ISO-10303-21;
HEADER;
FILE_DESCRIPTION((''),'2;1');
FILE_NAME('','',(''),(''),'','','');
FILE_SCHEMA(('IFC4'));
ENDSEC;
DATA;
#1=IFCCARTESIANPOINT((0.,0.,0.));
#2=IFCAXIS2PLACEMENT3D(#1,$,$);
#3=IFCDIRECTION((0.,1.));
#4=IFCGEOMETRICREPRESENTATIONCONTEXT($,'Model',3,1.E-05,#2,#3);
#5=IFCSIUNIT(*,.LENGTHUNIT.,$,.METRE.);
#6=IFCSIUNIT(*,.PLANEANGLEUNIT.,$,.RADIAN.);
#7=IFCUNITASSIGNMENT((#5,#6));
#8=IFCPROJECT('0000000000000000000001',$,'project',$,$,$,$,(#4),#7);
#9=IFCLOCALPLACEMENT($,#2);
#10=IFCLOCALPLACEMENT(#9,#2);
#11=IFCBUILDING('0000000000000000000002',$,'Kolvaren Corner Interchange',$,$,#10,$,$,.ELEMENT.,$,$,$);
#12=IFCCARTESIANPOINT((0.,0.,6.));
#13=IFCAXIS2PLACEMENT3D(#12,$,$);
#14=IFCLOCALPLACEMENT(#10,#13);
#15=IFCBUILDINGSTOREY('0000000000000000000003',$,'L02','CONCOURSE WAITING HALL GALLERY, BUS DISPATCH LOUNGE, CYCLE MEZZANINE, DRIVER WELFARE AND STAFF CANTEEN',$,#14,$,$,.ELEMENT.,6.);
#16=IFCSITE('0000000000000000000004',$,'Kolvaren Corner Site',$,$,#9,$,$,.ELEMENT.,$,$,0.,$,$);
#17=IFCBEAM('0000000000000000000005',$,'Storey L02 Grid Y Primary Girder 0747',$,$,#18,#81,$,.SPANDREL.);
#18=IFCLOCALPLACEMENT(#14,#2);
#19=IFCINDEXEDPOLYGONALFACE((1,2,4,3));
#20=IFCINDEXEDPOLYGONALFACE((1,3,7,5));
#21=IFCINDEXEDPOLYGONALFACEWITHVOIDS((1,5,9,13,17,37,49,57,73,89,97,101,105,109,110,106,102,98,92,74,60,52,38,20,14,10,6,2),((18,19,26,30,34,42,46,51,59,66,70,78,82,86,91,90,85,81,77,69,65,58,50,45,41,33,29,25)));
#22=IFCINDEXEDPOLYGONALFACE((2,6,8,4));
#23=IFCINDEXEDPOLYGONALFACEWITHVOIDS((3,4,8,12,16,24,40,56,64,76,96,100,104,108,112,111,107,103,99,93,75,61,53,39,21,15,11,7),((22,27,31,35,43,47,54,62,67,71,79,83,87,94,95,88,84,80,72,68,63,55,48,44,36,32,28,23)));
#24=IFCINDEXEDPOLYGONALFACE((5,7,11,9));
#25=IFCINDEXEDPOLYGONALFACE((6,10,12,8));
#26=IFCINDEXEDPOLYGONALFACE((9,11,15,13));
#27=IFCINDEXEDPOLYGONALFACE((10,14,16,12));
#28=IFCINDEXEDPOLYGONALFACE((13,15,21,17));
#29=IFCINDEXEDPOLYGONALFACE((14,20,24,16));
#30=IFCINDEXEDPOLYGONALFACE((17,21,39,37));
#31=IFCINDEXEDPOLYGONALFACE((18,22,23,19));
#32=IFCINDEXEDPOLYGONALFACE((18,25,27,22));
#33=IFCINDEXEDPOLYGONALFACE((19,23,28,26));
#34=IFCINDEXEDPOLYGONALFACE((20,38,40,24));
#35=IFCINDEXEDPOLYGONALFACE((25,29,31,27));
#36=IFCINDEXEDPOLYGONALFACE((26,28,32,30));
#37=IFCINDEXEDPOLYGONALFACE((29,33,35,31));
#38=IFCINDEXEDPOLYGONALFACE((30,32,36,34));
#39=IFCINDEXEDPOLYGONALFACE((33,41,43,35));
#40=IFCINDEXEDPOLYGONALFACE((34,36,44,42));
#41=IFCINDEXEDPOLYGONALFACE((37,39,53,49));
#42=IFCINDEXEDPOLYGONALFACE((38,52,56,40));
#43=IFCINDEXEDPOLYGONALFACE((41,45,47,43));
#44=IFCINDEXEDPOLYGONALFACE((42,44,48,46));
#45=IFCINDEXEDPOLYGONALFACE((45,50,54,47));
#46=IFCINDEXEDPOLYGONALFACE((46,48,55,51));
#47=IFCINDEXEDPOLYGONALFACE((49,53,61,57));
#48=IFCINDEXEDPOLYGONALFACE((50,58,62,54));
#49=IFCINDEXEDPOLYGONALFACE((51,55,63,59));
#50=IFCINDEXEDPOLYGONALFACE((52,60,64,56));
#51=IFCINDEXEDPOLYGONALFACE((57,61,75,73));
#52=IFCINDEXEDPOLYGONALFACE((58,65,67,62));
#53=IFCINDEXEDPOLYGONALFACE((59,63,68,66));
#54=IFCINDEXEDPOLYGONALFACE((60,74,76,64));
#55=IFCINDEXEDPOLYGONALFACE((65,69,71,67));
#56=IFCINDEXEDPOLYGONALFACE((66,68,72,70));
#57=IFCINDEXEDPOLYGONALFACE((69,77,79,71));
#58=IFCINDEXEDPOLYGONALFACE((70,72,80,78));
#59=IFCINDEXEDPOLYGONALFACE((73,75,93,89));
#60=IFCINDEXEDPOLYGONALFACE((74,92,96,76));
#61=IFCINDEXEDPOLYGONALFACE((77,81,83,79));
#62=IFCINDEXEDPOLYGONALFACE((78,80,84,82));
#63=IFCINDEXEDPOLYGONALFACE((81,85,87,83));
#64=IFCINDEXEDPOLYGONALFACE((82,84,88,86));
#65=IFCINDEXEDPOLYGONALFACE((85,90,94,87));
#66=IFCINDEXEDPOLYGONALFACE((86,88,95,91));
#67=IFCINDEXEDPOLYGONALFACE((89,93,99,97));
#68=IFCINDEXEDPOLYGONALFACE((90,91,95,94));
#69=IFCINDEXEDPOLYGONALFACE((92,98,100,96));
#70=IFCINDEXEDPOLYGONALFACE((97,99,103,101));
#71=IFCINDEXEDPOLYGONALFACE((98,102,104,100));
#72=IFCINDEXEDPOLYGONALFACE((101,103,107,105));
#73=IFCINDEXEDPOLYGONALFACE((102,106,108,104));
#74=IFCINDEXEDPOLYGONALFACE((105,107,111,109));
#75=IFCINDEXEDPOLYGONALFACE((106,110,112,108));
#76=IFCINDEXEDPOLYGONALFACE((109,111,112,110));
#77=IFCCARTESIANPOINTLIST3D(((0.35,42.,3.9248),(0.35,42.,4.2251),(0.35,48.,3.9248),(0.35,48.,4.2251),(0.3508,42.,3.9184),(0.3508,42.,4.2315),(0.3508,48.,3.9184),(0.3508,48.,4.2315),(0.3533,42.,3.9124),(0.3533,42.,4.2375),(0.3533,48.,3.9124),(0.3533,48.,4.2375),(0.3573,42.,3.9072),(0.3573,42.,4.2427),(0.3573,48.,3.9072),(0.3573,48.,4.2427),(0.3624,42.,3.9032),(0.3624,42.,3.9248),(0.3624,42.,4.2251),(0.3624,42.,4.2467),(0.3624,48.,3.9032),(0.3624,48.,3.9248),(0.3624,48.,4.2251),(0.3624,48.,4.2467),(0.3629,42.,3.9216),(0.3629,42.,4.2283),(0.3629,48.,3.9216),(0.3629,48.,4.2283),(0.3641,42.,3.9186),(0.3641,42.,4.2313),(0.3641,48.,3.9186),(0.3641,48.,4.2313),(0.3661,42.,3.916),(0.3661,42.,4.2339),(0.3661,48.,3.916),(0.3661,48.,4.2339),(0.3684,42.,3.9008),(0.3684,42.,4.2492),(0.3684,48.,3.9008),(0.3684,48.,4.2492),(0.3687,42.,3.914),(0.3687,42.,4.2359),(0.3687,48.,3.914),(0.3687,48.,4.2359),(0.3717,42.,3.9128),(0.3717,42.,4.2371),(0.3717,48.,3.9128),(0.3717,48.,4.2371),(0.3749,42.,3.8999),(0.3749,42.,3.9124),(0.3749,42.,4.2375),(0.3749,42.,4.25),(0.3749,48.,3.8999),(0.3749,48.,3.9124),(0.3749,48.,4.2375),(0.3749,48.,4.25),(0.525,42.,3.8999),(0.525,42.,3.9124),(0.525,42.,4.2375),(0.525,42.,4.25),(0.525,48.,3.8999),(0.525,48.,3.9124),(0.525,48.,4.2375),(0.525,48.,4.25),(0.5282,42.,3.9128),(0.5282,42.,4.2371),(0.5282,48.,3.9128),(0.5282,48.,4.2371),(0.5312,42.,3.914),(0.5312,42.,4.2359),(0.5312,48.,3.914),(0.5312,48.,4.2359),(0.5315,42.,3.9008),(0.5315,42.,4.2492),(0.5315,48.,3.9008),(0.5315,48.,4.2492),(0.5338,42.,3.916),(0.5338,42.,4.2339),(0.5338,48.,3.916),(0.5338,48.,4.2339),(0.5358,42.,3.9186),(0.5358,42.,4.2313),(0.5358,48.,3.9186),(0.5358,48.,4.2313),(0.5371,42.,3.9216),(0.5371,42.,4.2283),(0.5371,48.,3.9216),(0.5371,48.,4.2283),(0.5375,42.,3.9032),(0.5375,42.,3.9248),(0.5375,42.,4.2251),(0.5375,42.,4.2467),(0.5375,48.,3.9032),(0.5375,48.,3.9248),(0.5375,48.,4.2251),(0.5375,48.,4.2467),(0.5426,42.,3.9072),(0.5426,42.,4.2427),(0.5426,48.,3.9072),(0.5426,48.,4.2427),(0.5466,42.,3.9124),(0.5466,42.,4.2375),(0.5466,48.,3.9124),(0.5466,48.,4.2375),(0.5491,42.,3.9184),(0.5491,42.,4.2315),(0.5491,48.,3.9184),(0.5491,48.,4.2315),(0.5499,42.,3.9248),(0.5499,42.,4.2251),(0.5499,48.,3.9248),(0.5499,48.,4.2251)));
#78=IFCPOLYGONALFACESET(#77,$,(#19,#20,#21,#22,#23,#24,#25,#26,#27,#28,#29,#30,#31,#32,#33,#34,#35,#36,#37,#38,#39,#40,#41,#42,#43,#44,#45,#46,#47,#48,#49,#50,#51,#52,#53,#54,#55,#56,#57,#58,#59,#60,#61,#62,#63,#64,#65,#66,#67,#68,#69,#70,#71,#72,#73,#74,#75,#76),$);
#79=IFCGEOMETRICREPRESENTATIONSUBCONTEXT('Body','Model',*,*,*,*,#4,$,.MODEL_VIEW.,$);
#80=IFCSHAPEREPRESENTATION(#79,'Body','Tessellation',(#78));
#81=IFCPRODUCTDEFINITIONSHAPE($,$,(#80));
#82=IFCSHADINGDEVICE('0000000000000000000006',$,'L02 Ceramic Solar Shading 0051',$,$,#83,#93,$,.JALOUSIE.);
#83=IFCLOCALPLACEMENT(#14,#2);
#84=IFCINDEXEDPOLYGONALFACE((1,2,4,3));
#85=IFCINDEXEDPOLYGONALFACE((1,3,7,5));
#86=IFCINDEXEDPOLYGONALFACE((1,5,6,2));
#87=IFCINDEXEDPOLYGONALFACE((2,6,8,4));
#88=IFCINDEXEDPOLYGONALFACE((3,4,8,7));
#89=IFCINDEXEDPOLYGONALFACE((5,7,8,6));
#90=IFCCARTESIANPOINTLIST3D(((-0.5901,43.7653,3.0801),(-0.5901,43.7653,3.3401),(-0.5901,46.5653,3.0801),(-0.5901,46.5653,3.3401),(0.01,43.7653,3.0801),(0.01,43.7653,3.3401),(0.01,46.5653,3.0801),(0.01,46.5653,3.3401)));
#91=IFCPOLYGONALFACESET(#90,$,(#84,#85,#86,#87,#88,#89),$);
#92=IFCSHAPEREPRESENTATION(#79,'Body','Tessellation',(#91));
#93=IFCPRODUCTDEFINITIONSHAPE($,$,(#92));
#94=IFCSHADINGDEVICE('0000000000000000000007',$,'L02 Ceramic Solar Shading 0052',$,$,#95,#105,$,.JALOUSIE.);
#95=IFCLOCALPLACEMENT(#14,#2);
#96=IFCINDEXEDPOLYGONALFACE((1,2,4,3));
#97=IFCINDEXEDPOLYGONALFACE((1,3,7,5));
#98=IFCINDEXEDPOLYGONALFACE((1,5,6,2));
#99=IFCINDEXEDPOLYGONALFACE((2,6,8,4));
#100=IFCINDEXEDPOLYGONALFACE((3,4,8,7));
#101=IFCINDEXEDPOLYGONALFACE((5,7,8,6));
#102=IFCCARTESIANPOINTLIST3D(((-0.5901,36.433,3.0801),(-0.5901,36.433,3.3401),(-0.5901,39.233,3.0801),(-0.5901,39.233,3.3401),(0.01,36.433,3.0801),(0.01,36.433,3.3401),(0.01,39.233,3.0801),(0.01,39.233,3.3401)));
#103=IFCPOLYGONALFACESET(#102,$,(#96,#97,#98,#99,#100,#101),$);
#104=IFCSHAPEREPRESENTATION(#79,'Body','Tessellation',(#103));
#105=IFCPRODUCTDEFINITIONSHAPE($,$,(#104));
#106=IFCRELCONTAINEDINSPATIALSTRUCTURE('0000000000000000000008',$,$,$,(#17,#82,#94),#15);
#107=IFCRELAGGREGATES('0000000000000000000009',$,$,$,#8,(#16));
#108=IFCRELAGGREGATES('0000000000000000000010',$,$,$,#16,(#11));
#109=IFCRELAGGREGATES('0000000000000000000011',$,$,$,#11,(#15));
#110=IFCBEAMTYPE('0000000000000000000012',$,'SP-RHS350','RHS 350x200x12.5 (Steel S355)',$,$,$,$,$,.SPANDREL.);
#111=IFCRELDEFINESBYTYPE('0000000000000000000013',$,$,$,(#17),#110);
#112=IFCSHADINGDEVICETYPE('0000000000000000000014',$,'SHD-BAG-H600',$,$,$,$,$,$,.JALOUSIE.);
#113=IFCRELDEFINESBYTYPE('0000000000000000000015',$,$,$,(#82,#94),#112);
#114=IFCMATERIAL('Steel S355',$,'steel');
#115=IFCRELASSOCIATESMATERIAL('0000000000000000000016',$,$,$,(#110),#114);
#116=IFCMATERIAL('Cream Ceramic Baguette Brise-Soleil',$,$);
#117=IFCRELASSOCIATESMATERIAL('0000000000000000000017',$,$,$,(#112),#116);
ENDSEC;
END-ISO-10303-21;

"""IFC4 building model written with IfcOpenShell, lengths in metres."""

from ifc_helpers import new_model, si_unit, direction, frame, origin, origin_2d, place, context, subcontext, project, spatial, rectangle, hollow_rectangle, extrude, material, material_profile, profile_set, type_object, element, save


model = new_model("IFC4")

# Units and contexts
model_context = context("Model", 3, precision=1e-05, world=origin(), true_north=direction((0.0, 1.0)))
body_context = subcontext(model_context, "Body", "Model", "MODEL_VIEW")
ifc_project = project(units=[si_unit("LENGTHUNIT", "METRE"), si_unit("PLANEANGLEUNIT", "RADIAN")], contexts=[model_context])

# Site, building, storey
site_placement = place(None, origin())
site = spatial("IfcSite", under=ifc_project, at=site_placement, Name="Kolvaren Corner Site", CompositionType="ELEMENT", RefElevation=0.0)
building_placement = place(site_placement, origin())
building = spatial("IfcBuilding", under=site, at=building_placement, Name="Kolvaren Corner Interchange", CompositionType="ELEMENT")
storey_placement = place(building_placement, frame((0.0, 0.0, 6.0)))
storey = spatial("IfcBuildingStorey", under=building, at=storey_placement, Name="L02", Description="CONCOURSE WAITING HALL GALLERY, BUS DISPATCH LOUNGE, CYCLE MEZZANINE, DRIVER WELFARE AND STAFF CANTEEN", CompositionType="ELEMENT", Elevation=6.0)

# Beam
ifc_material_1 = material(Name="Steel S355", Category="steel")
ifc_material_profile_1 = material_profile(ifc_material_1, hollow_rectangle(XDim=0.2, YDim=0.3501, WallThickness=0.0125, InnerFilletRadius=0.0125, OuterFilletRadius=0.0249, at=origin_2d()), Name="RHS 350x200x12.5")
ifc_profile_set_1 = profile_set([ifc_material_profile_1], Name="Steel S355")
beam_type_1 = type_object("IfcBeamType", Name="SP-RHS350", Description="RHS 350x200x12.5 (Steel S355)", PredefinedType="SPANDREL", material=ifc_profile_set_1)
beam_1_placement = place(storey_placement, frame((0.45, 42.0, 4.075), z_axis=(0.0, 1.0, 0.0), x_axis=(-1.0, 0.0, 0.0)))
element("IfcBeam", 1, at=beam_1_placement, inside=storey, type_object=beam_type_1, Name="Storey L02 Grid Y Primary Girder 0747", PredefinedType="SPANDREL", context=body_context, shape_type="SweptSolid", body=[
    extrude(hollow_rectangle(XDim=0.2, YDim=0.3501, WallThickness=0.0125, InnerFilletRadius=0.0125, OuterFilletRadius=0.0249, at=origin_2d()), origin(), (0.0, 0.0, 1.0), 6.0),
])

# Shading devices
ifc_material_2 = material(Name="Cream Ceramic Baguette Brise-Soleil")
shading_device_type = type_object("IfcShadingDeviceType", Name="SHD-BAG-H600", PredefinedType="JALOUSIE", material=ifc_material_2)
for number, where, z_axis, x_axis, name in (
    (2, (-0.29, 45.1653, 3.0801), (0.0, 0.0, 1.0), (0.0, -1.0, 0.0), "L02 Ceramic Solar Shading 0051"),
    (3, (-0.29, 37.833, 3.0801), (0.0, 0.0, 1.0), (0.0, -1.0, 0.0), "L02 Ceramic Solar Shading 0052"),
):
    element("IfcShadingDevice", number, at=place(storey_placement, frame(where, z_axis=z_axis, x_axis=x_axis)), inside=storey, type_object=shading_device_type, Name=name, PredefinedType="JALOUSIE", context=body_context, shape_type="SweptSolid", body=[
        extrude(rectangle(XDim=2.8, YDim=0.6001, at=origin_2d()), origin(), (0.0, 0.0, 1.0), 0.26),
    ])

save(model, "model.ifc")
